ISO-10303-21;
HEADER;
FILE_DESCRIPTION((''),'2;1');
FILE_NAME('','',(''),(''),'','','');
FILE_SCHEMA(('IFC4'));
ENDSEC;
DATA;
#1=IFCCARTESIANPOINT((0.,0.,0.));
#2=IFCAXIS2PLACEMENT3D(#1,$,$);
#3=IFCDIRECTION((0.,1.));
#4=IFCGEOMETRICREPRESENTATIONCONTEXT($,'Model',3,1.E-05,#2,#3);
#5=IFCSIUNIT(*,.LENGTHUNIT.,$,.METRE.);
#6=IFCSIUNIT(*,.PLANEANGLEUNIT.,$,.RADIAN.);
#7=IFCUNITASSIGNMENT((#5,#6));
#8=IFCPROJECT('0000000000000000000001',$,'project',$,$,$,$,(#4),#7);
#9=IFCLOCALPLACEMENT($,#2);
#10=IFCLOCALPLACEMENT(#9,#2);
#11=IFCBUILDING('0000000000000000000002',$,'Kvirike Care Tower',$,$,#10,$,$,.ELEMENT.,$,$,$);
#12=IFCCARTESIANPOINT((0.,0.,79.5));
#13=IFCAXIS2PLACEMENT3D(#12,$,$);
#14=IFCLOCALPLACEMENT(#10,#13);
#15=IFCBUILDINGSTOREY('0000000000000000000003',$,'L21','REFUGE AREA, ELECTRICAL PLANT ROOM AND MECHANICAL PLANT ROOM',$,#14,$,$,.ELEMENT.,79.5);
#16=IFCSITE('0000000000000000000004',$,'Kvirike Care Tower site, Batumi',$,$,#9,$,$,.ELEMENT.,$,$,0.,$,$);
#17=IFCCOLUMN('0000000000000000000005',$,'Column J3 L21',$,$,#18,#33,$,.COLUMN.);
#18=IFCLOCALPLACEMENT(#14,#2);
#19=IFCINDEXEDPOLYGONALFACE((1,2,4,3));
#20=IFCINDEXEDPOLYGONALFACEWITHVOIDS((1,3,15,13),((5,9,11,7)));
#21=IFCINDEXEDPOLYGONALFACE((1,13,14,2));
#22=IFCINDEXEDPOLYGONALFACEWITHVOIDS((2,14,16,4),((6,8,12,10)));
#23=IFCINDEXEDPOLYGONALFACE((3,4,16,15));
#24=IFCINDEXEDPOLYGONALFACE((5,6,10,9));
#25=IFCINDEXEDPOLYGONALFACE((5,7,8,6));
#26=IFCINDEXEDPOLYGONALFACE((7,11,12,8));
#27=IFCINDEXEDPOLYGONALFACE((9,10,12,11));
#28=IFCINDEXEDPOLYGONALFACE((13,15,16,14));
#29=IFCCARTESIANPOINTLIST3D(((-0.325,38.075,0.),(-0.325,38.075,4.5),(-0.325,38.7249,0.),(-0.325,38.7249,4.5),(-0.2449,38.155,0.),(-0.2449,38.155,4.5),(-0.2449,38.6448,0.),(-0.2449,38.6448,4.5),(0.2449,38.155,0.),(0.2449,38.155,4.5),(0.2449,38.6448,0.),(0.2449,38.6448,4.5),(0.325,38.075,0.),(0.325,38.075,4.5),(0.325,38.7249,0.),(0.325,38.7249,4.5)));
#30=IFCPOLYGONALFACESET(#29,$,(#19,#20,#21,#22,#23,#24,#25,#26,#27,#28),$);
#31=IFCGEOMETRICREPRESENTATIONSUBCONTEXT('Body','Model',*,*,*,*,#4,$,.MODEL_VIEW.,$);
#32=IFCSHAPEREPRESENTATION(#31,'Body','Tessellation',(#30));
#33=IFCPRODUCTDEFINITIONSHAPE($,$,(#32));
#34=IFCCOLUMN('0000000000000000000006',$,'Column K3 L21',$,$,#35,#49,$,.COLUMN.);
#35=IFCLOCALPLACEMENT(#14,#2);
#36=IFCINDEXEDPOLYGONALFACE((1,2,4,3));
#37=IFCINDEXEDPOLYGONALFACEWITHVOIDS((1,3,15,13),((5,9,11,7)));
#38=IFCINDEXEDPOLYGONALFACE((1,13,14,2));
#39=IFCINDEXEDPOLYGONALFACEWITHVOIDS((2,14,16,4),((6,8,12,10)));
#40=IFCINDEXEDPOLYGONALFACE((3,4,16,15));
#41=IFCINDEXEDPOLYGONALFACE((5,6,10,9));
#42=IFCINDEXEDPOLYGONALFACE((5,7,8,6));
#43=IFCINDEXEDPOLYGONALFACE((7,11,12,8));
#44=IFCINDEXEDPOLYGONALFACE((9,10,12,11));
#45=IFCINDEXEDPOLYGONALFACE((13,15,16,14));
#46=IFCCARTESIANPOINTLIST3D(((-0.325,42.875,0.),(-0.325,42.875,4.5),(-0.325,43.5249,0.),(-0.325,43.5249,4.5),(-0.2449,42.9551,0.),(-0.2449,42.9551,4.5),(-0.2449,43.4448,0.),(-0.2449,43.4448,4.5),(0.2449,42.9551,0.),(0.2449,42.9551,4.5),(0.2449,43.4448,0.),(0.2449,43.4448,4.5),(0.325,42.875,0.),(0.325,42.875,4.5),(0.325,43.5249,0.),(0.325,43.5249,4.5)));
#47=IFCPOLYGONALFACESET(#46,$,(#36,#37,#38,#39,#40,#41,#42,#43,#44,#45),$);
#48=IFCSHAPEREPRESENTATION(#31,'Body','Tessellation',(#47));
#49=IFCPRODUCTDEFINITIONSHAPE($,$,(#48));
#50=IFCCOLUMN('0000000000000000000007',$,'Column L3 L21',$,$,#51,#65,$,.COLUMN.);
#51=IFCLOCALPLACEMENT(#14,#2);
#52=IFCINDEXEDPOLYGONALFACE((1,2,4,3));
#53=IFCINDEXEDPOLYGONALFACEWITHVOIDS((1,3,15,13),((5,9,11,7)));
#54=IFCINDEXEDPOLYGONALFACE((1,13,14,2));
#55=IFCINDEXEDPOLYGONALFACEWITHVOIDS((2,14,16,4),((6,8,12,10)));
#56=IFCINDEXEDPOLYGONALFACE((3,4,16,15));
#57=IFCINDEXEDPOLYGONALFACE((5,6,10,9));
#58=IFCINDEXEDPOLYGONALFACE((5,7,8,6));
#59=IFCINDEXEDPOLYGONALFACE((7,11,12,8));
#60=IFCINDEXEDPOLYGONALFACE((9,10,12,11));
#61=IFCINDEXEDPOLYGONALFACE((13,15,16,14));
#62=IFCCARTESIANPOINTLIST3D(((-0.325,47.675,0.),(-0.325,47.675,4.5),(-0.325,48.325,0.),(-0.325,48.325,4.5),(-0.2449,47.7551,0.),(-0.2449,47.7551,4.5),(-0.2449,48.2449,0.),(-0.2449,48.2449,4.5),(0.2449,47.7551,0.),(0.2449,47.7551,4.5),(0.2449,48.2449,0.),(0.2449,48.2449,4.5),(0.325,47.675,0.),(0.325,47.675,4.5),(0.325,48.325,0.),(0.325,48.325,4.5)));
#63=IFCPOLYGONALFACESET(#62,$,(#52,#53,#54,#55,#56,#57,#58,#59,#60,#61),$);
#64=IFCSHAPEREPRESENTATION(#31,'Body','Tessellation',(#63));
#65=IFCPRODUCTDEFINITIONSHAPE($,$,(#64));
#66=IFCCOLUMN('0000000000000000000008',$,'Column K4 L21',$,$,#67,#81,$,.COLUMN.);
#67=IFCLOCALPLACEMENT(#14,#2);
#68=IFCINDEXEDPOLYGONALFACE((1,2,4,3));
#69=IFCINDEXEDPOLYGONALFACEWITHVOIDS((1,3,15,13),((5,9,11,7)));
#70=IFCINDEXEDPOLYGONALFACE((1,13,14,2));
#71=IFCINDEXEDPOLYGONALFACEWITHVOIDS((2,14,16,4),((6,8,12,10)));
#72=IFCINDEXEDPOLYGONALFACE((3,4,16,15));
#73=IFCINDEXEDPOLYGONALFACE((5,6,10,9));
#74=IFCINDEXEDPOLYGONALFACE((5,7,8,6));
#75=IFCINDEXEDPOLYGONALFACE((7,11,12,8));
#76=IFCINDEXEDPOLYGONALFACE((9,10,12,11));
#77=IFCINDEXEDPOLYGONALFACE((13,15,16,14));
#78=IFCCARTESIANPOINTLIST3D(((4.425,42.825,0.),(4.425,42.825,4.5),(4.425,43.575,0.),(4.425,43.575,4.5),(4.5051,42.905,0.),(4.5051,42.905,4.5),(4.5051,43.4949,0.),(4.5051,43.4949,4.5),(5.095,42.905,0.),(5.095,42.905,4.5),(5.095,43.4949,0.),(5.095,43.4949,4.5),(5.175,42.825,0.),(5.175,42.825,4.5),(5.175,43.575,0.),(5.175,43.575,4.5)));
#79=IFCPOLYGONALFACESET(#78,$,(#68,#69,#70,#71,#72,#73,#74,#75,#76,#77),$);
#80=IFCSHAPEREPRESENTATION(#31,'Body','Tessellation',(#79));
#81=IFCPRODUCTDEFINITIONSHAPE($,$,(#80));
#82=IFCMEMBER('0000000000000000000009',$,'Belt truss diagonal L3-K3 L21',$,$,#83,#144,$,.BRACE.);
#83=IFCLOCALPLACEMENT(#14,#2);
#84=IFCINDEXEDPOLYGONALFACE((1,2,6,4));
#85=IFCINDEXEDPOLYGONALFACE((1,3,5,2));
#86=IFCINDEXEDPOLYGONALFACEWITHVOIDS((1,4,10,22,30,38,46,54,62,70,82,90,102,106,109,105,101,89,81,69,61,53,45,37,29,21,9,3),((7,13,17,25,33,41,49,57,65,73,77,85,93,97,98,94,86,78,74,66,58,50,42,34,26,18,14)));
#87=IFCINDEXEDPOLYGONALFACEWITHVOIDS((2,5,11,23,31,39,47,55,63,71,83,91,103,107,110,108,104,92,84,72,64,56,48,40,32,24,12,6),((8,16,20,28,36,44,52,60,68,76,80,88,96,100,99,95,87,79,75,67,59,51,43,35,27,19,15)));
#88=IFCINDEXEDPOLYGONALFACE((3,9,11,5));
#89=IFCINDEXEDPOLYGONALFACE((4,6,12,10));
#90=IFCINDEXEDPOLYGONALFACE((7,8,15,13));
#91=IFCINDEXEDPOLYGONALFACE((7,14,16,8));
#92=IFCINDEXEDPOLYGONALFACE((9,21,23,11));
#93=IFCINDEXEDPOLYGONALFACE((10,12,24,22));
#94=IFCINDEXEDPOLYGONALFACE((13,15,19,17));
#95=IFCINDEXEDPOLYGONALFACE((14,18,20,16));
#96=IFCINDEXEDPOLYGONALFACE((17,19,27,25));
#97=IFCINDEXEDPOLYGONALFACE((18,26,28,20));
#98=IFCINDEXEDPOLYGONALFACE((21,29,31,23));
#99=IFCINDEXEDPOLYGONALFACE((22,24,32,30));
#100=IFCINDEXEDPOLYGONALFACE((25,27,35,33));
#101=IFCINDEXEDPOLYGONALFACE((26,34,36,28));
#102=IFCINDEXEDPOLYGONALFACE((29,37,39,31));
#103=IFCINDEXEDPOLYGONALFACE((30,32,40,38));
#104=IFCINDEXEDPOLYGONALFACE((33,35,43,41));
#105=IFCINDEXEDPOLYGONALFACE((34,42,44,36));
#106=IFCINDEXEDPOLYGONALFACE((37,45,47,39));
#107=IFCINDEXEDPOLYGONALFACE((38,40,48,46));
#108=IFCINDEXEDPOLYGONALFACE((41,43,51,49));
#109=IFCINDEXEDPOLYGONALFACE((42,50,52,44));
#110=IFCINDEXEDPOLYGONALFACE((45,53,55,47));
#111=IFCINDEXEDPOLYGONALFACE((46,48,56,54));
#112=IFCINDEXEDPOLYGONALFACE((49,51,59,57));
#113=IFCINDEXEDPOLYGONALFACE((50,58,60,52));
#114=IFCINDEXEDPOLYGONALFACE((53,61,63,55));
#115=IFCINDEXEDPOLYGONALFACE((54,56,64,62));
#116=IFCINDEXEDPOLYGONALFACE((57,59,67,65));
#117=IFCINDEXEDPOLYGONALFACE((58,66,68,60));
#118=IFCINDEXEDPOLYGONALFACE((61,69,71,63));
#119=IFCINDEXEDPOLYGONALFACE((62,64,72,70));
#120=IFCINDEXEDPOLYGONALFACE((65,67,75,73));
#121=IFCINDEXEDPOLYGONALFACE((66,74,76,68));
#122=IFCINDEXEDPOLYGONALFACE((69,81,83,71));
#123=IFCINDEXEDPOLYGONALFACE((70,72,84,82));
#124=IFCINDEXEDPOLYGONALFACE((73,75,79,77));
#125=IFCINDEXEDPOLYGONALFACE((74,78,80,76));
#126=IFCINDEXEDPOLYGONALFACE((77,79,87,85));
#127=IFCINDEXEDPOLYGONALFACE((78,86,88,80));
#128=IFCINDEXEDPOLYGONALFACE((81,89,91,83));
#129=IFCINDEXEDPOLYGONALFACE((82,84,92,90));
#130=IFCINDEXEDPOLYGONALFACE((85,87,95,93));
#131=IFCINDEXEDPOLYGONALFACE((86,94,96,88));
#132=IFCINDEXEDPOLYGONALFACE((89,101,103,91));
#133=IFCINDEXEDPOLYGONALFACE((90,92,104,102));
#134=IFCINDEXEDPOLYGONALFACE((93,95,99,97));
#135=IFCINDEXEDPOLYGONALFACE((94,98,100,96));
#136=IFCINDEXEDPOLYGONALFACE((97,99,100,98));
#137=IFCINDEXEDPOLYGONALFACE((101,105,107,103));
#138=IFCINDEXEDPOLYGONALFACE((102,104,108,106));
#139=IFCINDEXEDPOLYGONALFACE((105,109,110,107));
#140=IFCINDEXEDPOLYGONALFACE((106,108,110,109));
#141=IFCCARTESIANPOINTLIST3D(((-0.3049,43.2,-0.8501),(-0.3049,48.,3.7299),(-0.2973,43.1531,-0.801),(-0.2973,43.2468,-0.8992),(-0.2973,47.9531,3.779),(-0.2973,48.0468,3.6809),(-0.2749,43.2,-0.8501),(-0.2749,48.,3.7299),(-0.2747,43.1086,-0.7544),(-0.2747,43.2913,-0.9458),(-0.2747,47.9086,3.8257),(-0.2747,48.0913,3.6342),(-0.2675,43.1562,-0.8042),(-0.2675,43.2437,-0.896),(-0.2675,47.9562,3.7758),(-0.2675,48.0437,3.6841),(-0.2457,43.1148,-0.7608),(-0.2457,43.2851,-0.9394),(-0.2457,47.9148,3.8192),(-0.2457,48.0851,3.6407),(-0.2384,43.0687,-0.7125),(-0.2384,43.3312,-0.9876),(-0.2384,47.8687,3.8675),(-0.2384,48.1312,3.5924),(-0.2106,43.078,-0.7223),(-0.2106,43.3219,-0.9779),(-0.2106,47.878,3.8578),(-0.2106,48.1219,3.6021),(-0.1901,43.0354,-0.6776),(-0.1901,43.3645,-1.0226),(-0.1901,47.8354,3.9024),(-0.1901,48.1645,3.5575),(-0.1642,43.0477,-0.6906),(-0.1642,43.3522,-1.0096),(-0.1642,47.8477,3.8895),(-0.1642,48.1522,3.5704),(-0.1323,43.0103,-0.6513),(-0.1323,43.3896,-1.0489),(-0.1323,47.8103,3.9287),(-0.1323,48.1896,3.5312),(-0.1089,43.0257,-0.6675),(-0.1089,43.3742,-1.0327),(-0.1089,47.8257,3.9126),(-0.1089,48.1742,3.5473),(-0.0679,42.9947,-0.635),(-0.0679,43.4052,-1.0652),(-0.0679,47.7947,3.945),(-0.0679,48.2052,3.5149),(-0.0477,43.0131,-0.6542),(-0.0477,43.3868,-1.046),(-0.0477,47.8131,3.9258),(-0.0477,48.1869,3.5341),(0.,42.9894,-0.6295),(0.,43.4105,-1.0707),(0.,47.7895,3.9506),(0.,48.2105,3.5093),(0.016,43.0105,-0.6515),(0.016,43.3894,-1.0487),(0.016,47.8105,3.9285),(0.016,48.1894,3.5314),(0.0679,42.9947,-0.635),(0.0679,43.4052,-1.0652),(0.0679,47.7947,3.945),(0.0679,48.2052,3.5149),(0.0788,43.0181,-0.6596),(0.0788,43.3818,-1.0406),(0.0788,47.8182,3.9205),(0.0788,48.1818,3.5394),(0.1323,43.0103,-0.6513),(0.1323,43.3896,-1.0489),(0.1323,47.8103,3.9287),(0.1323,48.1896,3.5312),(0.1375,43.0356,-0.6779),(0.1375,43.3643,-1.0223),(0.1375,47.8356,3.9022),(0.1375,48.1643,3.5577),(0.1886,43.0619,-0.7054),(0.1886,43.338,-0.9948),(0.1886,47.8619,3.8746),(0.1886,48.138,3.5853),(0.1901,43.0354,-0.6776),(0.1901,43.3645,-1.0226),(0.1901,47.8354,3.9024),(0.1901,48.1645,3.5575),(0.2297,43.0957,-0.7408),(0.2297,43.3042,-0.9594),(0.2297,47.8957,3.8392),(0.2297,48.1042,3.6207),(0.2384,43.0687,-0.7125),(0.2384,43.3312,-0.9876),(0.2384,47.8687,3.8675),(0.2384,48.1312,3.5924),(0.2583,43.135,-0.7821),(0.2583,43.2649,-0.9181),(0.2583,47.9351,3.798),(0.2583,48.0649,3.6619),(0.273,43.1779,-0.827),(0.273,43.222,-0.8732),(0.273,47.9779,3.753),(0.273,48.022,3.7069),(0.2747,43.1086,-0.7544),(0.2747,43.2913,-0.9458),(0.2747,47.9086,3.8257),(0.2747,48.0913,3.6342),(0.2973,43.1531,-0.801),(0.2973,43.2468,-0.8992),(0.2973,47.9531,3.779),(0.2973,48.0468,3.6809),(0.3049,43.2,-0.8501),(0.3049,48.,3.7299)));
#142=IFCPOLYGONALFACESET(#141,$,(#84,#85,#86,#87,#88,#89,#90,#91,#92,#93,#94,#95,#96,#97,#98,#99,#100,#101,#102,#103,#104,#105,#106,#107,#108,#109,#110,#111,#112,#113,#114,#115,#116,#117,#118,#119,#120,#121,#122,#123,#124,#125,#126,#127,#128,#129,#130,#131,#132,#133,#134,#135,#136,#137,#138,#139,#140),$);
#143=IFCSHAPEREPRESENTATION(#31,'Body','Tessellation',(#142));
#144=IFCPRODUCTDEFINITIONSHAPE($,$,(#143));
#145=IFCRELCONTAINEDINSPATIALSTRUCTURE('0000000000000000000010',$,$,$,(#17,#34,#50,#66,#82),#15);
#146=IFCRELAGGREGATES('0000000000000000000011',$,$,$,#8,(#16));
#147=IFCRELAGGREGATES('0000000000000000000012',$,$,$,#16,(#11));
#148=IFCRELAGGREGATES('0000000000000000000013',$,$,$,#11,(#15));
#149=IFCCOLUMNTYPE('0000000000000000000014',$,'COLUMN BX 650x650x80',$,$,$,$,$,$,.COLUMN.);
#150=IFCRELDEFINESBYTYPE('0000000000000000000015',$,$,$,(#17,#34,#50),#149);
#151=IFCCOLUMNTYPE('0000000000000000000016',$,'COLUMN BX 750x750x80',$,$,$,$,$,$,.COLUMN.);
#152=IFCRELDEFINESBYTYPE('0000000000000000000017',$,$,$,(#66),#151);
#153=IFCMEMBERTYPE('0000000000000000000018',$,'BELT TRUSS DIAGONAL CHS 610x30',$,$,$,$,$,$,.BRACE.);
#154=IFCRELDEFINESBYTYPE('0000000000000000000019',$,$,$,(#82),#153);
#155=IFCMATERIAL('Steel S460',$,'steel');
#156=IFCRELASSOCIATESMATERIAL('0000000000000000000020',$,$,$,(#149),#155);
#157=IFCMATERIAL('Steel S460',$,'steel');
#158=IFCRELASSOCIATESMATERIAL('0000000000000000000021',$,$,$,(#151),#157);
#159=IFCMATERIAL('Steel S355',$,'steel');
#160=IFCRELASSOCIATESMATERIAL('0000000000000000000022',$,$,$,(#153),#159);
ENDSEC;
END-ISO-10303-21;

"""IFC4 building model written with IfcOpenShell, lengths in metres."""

from ifc_helpers import new_model, si_unit, direction, frame, origin, origin_2d, place, context, subcontext, project, spatial, hollow_rectangle, hollow_circle, extrude, material, material_profile, profile_set, type_object, element, save


model = new_model("IFC4")

# Units and contexts
model_context = context("Model", 3, precision=1e-05, world=origin(), true_north=direction((0.0, 1.0)))
body_context = subcontext(model_context, "Body", "Model", "MODEL_VIEW")
ifc_project = project(units=[si_unit("LENGTHUNIT", "METRE"), si_unit("PLANEANGLEUNIT", "RADIAN")], contexts=[model_context])

# Site, building, storey
site_placement = place(None, origin())
site = spatial("IfcSite", under=ifc_project, at=site_placement, Name="Kvirike Care Tower site, Batumi", CompositionType="ELEMENT", RefElevation=0.0)
building_placement = place(site_placement, origin())
building = spatial("IfcBuilding", under=site, at=building_placement, Name="Kvirike Care Tower", CompositionType="ELEMENT")
storey_placement = place(building_placement, frame((0.0, 0.0, 79.5)))
storey = spatial("IfcBuildingStorey", under=building, at=storey_placement, Name="L21", Description="REFUGE AREA, ELECTRICAL PLANT ROOM AND MECHANICAL PLANT ROOM", CompositionType="ELEMENT", Elevation=79.5)

# Columns
ifc_material_1 = material(Name="Steel S460", Category="steel")
ifc_material_profile_1 = material_profile(ifc_material_1, hollow_rectangle(XDim=0.6499, YDim=0.6499, WallThickness=0.0801, at=origin_2d()), Name="BX 650x650x80")
ifc_profile_set_1 = profile_set([ifc_material_profile_1], Name="Steel S460")
column_type_1 = type_object("IfcColumnType", Name="COLUMN BX 650x650x80", PredefinedType="COLUMN", material=ifc_profile_set_1)
for number, where, z_axis, x_axis, name in (
    (1, (0.0, 38.3999, 0.0), (0.0, 0.0, 1.0), (1.0, 0.0, 0.0), "Column J3 L21"),
    (2, (0.0, 43.2, 0.0), (0.0, 0.0, 1.0), (0.0, 1.0, 0.0), "Column K3 L21"),
    (3, (0.0, 48.0, 0.0), (0.0, 0.0, 1.0), (1.0, 0.0, 0.0), "Column L3 L21"),
):
    element("IfcColumn", number, at=place(storey_placement, frame(where, z_axis=z_axis, x_axis=x_axis)), inside=storey, type_object=column_type_1, Name=name, PredefinedType="COLUMN", context=body_context, shape_type="SweptSolid", body=[
        extrude(hollow_rectangle(XDim=0.6499, YDim=0.6499, WallThickness=0.0801, at=origin_2d()), origin(), (0.0, 0.0, 1.0), 4.5),
    ])
ifc_material_2 = material(Name="Steel S460", Category="steel")
ifc_material_profile_2 = material_profile(ifc_material_2, hollow_rectangle(XDim=0.75, YDim=0.75, WallThickness=0.0801, at=origin_2d()), Name="BX 750x750x80")
ifc_profile_set_2 = profile_set([ifc_material_profile_2], Name="Steel S460")
column_type_2 = type_object("IfcColumnType", Name="COLUMN BX 750x750x80", PredefinedType="COLUMN", material=ifc_profile_set_2)
column_placement = place(storey_placement, frame((4.8, 43.2, 0.0), z_axis=(0.0, 0.0, 1.0), x_axis=(0.0, 1.0, 0.0)))
element("IfcColumn", 4, at=column_placement, inside=storey, type_object=column_type_2, Name="Column K4 L21", PredefinedType="COLUMN", context=body_context, shape_type="SweptSolid", body=[
    extrude(hollow_rectangle(XDim=0.75, YDim=0.75, WallThickness=0.0801, at=origin_2d()), origin(), (0.0, 0.0, 1.0), 4.5),
])

# Member
ifc_material_3 = material(Name="Steel S355", Category="steel")
ifc_material_profile_3 = material_profile(ifc_material_3, hollow_circle(Radius=0.3049, WallThickness=0.03, at=origin_2d()), Name="CHS 610x30")
ifc_profile_set_3 = profile_set([ifc_material_profile_3], Name="Steel S355")
member_type_1 = type_object("IfcMemberType", Name="BELT TRUSS DIAGONAL CHS 610x30", PredefinedType="BRACE", material=ifc_profile_set_3)
for number, where, z_axis, x_axis, name in (
    (5, (0.0, 43.2, -0.8501), (0.0, 0.72349, 0.690335), (-1.0, 0.0, 0.0), "Belt truss diagonal L3-K3 L21"),
):
    element("IfcMember", number, at=place(storey_placement, frame(where, z_axis=z_axis, x_axis=x_axis)), inside=storey, type_object=member_type_1, Name=name, PredefinedType="BRACE", context=body_context, shape_type="SweptSolid", body=[
        extrude(hollow_circle(Radius=0.3049, WallThickness=0.03, at=origin_2d()), origin(), (0.0, 0.0, 1.0), 6.6345),
    ])

save(model, "model.ifc")
